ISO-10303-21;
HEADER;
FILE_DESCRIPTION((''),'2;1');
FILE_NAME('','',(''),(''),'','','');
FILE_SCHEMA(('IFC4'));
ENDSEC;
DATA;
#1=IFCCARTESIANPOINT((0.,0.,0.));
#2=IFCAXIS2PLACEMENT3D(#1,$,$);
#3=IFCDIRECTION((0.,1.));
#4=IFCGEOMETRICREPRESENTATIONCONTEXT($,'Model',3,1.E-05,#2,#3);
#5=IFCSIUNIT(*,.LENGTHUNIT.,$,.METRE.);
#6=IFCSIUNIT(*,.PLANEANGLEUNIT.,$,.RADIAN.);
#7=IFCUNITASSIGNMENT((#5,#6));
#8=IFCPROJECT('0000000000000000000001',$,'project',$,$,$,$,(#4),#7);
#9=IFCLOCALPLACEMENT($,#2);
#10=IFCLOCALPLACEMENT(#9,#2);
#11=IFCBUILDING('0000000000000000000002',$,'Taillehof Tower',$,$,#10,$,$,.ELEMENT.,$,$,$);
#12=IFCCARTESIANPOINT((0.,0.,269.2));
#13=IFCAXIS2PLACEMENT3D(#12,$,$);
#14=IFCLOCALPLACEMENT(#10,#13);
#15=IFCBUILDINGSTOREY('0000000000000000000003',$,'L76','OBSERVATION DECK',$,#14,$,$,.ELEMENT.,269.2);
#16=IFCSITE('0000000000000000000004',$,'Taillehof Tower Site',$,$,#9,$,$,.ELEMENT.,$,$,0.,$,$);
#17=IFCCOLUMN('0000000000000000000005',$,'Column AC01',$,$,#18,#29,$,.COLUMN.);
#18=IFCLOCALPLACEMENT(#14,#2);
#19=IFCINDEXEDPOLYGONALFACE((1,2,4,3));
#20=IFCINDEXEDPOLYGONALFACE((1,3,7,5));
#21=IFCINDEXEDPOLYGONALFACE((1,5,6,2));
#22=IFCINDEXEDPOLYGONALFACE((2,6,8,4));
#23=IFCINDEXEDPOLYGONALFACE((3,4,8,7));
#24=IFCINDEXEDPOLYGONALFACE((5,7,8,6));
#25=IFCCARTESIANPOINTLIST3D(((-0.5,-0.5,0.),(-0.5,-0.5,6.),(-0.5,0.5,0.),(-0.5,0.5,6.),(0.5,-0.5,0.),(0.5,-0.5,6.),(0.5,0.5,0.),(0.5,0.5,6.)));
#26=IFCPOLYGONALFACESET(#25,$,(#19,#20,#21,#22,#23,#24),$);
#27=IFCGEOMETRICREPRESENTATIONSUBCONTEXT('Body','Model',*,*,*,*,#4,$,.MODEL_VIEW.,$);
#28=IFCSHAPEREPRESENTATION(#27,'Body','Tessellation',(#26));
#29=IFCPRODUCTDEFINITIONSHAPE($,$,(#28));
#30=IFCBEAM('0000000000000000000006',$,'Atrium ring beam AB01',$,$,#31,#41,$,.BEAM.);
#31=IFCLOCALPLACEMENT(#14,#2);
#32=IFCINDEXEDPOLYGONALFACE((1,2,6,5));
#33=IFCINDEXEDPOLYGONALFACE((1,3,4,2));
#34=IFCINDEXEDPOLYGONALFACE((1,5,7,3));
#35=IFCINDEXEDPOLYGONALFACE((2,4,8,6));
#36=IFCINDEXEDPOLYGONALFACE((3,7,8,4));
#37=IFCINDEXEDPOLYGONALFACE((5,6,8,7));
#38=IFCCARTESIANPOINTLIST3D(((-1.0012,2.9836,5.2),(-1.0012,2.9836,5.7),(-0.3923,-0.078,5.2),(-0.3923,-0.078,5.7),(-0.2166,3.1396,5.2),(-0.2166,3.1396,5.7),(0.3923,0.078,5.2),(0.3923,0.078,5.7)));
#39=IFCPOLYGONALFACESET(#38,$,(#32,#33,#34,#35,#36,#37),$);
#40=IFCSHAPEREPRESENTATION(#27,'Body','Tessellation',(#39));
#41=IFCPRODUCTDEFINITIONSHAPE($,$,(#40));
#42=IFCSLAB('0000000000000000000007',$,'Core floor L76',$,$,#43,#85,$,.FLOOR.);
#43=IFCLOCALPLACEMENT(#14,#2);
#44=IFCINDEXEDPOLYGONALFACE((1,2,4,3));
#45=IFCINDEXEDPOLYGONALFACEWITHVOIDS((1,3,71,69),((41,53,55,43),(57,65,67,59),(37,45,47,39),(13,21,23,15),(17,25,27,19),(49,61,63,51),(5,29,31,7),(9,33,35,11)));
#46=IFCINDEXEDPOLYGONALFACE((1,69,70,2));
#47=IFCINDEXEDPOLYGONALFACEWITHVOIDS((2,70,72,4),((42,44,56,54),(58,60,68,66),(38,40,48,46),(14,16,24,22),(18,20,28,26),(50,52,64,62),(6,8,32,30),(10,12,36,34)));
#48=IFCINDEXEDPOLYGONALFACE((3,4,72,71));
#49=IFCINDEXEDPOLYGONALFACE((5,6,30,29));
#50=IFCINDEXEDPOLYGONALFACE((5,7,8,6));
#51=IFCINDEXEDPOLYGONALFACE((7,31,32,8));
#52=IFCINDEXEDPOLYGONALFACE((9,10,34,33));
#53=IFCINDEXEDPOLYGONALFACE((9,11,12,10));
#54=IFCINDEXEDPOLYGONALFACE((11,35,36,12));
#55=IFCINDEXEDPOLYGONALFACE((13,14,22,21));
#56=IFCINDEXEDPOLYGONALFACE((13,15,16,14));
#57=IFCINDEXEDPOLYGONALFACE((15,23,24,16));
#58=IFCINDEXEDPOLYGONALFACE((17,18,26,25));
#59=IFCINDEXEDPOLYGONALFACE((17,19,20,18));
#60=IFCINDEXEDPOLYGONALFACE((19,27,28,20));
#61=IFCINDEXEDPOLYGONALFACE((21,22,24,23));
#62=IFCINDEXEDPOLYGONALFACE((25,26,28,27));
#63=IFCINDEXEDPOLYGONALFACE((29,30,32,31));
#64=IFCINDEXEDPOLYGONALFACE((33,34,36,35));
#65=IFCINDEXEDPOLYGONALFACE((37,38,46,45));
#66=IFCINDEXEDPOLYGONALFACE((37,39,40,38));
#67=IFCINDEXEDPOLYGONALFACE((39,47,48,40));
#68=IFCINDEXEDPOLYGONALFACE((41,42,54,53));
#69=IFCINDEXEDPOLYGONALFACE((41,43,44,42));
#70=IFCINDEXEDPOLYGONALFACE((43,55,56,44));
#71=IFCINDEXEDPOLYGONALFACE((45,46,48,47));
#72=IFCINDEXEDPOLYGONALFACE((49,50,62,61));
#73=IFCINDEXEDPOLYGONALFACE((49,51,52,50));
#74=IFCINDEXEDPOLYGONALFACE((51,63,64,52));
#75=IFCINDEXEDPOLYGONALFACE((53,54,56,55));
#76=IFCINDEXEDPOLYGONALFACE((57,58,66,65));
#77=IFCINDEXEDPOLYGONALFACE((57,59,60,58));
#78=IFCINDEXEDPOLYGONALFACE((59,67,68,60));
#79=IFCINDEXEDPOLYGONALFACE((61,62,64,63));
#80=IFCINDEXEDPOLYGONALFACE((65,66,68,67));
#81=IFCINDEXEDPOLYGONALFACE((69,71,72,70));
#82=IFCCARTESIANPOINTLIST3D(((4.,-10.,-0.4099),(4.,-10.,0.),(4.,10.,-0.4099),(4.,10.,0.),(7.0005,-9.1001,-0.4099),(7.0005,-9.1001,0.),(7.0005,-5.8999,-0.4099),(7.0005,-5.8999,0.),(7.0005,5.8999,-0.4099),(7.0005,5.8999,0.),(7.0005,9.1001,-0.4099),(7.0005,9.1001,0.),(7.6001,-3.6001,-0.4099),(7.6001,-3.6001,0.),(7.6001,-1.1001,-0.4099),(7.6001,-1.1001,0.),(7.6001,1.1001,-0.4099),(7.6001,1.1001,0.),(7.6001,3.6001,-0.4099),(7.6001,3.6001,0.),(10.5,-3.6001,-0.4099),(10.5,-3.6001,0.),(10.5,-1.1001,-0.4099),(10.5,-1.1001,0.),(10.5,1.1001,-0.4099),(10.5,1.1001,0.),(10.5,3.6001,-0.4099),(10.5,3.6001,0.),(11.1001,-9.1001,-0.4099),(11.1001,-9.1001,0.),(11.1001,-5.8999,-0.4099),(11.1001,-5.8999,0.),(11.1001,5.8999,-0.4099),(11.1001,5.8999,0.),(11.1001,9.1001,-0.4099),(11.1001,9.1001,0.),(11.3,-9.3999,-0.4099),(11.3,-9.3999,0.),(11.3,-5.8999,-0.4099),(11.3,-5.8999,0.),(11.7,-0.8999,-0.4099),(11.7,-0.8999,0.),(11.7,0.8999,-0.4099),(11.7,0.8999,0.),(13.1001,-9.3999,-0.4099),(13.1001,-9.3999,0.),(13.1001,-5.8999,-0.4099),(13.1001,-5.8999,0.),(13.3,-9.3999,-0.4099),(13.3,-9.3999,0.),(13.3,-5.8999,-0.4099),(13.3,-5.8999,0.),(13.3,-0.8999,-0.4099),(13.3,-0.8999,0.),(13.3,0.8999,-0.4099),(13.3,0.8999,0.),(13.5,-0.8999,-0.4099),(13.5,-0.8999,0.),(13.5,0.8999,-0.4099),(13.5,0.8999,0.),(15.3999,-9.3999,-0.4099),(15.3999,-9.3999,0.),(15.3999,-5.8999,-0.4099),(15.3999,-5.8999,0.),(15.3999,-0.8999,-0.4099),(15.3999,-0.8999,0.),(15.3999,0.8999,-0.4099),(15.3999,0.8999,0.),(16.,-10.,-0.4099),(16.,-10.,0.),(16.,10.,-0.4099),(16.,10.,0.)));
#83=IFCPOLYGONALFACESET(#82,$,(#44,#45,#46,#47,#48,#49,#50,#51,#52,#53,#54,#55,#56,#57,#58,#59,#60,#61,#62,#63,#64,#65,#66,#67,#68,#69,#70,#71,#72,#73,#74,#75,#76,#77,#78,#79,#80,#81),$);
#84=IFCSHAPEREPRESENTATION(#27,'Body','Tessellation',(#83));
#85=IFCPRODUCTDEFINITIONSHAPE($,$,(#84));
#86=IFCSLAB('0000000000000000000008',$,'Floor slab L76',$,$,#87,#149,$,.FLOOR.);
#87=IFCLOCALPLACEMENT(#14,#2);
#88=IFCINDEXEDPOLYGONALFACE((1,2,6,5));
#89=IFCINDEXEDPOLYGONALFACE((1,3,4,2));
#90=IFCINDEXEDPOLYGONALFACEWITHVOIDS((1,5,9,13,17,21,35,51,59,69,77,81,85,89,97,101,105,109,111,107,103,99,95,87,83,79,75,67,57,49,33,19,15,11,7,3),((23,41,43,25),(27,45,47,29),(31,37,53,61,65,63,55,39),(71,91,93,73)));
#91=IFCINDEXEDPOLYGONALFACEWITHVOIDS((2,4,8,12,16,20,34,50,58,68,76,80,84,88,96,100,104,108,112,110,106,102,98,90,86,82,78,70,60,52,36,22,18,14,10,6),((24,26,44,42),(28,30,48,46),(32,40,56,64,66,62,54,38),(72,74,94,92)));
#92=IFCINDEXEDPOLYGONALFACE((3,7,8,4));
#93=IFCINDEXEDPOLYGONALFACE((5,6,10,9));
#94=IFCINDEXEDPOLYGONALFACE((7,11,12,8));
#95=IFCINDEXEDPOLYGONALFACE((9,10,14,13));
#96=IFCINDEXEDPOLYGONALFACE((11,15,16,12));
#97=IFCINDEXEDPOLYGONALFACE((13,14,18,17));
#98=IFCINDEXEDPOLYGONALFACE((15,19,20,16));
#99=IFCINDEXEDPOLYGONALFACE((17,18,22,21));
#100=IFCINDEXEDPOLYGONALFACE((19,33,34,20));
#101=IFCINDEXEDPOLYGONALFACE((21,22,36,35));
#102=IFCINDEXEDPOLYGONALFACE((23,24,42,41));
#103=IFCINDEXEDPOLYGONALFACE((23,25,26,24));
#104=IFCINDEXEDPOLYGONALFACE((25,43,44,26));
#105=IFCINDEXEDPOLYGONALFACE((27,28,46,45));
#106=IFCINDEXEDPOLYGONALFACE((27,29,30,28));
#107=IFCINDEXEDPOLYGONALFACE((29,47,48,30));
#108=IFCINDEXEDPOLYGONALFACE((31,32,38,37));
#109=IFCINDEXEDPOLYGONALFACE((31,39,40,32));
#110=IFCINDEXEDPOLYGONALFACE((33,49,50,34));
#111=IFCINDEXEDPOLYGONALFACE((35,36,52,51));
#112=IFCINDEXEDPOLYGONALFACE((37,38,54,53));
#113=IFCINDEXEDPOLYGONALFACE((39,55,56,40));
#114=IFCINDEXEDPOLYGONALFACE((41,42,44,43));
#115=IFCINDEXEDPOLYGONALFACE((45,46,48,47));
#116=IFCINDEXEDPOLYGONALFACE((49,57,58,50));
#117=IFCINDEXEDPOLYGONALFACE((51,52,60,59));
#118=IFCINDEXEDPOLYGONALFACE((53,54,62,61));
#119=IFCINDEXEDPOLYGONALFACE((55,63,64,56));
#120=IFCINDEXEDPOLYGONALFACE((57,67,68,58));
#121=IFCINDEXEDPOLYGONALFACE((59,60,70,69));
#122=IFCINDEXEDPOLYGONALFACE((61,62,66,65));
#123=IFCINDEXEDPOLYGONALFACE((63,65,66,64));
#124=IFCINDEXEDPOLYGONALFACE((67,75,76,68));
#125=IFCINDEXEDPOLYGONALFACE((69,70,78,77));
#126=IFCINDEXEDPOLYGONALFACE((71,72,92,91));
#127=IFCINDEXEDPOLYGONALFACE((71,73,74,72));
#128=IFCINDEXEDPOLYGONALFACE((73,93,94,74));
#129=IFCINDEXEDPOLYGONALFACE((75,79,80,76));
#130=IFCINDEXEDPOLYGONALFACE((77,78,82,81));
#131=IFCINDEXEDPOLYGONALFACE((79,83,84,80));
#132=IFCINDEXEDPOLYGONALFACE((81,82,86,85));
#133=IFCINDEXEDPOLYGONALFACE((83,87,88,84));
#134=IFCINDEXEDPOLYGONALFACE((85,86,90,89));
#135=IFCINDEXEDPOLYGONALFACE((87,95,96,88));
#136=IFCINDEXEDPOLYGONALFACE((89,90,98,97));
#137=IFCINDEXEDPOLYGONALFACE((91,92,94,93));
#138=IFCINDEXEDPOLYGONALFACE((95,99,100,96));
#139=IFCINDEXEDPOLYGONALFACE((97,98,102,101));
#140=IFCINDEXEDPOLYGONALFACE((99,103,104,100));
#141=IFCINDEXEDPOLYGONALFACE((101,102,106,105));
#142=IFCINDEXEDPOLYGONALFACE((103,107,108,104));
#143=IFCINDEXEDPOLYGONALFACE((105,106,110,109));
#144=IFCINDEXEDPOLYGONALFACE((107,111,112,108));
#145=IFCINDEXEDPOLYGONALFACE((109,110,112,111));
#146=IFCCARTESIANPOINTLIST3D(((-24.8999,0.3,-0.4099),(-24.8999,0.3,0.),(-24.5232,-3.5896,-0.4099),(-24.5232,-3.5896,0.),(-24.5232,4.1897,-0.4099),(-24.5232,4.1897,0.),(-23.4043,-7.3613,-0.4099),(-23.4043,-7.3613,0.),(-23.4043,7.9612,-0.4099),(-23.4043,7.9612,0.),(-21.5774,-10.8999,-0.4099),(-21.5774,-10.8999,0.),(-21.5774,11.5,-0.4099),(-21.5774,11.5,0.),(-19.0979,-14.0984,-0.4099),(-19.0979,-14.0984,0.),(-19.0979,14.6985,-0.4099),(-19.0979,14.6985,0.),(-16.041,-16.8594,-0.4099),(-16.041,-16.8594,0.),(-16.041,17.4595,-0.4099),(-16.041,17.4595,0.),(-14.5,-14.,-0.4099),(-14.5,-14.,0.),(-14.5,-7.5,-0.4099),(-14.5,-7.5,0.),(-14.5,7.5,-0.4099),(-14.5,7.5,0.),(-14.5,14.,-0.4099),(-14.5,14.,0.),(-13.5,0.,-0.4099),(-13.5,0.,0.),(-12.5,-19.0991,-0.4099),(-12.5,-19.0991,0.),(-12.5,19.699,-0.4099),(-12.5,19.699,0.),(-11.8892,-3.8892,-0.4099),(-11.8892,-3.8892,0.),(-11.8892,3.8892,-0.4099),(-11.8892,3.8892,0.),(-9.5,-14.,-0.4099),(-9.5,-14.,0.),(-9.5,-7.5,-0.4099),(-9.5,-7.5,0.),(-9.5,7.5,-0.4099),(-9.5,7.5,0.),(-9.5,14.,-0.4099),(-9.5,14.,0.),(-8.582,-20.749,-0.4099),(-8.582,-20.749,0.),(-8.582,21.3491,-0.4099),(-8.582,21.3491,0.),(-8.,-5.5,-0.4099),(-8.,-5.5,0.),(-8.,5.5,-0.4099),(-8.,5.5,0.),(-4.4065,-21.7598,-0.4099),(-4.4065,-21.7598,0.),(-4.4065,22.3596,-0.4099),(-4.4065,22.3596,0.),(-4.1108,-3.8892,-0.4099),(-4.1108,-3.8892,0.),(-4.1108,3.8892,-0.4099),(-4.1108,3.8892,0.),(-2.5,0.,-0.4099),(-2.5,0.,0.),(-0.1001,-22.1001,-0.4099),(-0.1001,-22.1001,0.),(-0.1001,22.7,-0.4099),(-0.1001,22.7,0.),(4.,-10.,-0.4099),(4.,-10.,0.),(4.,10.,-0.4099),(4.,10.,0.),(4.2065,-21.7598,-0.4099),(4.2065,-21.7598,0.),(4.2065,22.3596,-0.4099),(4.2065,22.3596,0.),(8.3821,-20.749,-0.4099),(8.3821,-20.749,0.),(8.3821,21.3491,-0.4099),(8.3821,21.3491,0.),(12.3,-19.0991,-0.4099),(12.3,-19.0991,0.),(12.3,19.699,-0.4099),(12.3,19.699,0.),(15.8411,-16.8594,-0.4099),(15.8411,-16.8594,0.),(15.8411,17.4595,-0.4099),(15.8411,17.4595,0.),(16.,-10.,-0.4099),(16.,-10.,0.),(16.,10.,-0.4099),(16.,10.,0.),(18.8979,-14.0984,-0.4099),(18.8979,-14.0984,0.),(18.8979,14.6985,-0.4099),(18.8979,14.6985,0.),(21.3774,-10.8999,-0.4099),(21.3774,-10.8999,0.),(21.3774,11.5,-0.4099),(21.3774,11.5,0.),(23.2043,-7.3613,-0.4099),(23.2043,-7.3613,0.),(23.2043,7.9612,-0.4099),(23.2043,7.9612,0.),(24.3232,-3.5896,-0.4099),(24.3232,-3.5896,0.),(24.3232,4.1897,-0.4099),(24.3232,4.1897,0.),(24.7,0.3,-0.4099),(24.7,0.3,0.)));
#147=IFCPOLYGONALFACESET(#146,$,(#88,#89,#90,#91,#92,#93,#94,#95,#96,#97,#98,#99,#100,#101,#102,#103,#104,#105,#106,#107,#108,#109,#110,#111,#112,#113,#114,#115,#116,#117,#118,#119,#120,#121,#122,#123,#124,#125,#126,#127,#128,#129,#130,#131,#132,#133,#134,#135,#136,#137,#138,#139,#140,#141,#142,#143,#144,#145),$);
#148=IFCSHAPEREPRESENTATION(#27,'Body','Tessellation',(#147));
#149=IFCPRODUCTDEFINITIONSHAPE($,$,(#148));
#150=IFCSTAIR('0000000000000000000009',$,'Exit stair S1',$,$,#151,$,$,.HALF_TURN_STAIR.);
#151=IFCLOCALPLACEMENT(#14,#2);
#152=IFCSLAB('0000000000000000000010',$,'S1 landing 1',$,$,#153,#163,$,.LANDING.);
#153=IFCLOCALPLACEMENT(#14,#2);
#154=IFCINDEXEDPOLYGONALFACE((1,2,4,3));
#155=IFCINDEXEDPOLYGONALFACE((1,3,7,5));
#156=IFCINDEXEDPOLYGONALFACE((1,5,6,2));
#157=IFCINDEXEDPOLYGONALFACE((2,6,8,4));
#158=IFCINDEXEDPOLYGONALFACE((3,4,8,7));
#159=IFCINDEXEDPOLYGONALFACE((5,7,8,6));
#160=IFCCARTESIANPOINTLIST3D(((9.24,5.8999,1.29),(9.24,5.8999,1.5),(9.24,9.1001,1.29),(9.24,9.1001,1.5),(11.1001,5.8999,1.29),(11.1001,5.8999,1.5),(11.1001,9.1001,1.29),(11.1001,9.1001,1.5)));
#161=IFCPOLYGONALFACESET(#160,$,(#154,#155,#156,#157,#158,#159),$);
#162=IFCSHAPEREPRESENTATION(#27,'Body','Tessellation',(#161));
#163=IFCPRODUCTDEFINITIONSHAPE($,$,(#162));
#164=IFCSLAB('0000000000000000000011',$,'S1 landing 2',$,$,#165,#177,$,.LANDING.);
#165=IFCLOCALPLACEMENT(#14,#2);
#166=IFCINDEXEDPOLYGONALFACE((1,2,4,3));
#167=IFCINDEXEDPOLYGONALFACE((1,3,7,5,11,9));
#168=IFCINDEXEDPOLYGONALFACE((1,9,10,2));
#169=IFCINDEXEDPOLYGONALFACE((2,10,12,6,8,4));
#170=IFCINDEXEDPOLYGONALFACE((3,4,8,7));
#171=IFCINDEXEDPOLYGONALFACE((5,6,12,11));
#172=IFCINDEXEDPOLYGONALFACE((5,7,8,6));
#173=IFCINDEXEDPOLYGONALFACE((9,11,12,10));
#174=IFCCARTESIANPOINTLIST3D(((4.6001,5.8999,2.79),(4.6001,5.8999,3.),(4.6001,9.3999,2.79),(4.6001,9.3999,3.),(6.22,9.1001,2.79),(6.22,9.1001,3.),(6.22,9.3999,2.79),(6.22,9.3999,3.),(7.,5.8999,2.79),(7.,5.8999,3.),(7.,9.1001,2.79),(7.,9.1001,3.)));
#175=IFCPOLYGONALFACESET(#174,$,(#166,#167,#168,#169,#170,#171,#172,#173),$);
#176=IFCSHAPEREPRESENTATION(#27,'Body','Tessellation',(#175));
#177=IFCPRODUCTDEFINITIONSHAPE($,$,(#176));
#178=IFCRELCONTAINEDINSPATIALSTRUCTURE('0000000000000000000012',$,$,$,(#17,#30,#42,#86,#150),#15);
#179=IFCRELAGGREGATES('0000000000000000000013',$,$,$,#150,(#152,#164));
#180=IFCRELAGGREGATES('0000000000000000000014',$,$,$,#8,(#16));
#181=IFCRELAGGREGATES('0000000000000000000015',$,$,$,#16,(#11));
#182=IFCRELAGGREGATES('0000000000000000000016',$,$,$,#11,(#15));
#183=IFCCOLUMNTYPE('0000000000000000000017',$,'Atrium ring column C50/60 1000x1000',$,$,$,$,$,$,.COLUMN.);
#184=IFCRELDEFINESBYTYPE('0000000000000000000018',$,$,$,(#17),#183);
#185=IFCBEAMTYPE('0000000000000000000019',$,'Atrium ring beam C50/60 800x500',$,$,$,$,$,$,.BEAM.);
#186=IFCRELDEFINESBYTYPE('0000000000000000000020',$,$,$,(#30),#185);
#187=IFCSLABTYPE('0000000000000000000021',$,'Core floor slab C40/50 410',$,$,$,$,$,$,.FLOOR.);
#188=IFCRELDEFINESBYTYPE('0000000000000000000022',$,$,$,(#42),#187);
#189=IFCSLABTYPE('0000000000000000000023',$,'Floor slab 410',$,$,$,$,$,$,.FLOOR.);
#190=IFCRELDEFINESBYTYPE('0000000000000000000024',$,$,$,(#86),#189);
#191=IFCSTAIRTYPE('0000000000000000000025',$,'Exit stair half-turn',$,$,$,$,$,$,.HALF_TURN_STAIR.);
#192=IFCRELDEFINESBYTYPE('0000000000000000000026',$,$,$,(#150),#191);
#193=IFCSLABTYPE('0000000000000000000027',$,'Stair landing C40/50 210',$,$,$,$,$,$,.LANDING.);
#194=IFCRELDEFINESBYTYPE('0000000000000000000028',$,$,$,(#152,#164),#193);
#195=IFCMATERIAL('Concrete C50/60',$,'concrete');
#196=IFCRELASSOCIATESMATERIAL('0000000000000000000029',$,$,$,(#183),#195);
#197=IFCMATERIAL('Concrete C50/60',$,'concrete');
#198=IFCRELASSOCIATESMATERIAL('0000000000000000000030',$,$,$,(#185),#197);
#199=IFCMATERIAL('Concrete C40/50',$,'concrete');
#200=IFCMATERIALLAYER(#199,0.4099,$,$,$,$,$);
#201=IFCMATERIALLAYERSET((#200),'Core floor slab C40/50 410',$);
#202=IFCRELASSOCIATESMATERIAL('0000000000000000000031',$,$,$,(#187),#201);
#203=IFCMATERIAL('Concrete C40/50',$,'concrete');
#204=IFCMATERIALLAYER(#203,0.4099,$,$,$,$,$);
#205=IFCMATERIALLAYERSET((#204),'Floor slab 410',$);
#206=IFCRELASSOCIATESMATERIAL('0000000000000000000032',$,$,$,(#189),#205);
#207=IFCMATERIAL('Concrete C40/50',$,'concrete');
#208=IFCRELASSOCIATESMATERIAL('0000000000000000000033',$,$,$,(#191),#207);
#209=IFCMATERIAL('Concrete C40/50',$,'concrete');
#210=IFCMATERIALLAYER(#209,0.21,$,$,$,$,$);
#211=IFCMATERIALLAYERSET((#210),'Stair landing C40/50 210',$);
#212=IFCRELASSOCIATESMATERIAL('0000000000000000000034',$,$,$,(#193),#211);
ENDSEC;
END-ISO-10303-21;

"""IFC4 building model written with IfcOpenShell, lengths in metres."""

from ifc_helpers import new_model, si_unit, direction, frame, origin, origin_with_axes, origin_2d, place, context, subcontext, project, spatial, polyline, rectangle, outline, extrude, material, layer, layer_set, material_profile, profile_set, type_object, element, aggregate, save


model = new_model("IFC4")

# Units and contexts
model_context = context("Model", 3, precision=1e-05, world=origin(), true_north=direction((0.0, 1.0)))
body_context = subcontext(model_context, "Body", "Model", "MODEL_VIEW")
ifc_project = project(units=[si_unit("LENGTHUNIT", "METRE"), si_unit("PLANEANGLEUNIT", "RADIAN")], contexts=[model_context])

# Site, building, storey
site_placement = place(None, origin())
site = spatial("IfcSite", under=ifc_project, at=site_placement, Name="Taillehof Tower Site", CompositionType="ELEMENT", RefElevation=0.0)
building_placement = place(site_placement, origin())
building = spatial("IfcBuilding", under=site, at=building_placement, Name="Taillehof Tower", CompositionType="ELEMENT")
storey_placement = place(building_placement, frame((0.0, 0.0, 269.2)))
storey = spatial("IfcBuildingStorey", under=building, at=storey_placement, Name="L76", Description="OBSERVATION DECK", CompositionType="ELEMENT", Elevation=269.2)

# Column
ifc_material_1 = material(Name="Concrete C50/60", Category="concrete")
ifc_material_profile_1 = material_profile(ifc_material_1, rectangle(XDim=1.0, YDim=1.0, at=origin_2d()), Name="RC 1000x1000")
ifc_profile_set_1 = profile_set([ifc_material_profile_1], Name="Concrete C50/60")
column_type = type_object("IfcColumnType", Name="Atrium ring column C50/60 1000x1000", PredefinedType="COLUMN", material=ifc_profile_set_1)
column_placement = place(storey_placement, origin_with_axes())
element("IfcColumn", 1, at=column_placement, inside=storey, type_object=column_type, Name="Column AC01", PredefinedType="COLUMN", context=body_context, shape_type="SweptSolid", body=[
    extrude(rectangle(XDim=1.0, YDim=1.0, at=origin_2d()), origin(), (0.0, 0.0, 1.0), 6.0),
])

# Beam
ifc_material_2 = material(Name="Concrete C50/60", Category="concrete")
ifc_material_profile_2 = material_profile(ifc_material_2, rectangle(XDim=0.8, YDim=0.5, at=origin_2d()), Name="RC 800x500")
ifc_profile_set_2 = profile_set([ifc_material_profile_2], Name="Concrete C50/60")
beam_type = type_object("IfcBeamType", Name="Atrium ring beam C50/60 800x500", PredefinedType="BEAM", material=ifc_profile_set_2)
beam_placement = place(storey_placement, frame((0.0, 0.0, 5.45), z_axis=(-0.195063, 0.980791, 0.0), x_axis=(-0.980791, -0.195063, 0.0)))
element("IfcBeam", 2, at=beam_placement, inside=storey, type_object=beam_type, Name="Atrium ring beam AB01", PredefinedType="BEAM", context=body_context, shape_type="SweptSolid", body=[
    extrude(rectangle(XDim=0.8, YDim=0.5, at=origin_2d()), origin(), (0.0, 0.0, 1.0), 3.1216),
])

# Slabs
ifc_material_3 = material(Name="Concrete C40/50", Category="concrete")
ifc_layer_1 = layer(ifc_material_3, 0.4099)
ifc_layer_set_1 = layer_set([ifc_layer_1], Name="Core floor slab C40/50 410")
slab_type_1 = type_object("IfcSlabType", Name="Core floor slab C40/50 410", PredefinedType="FLOOR", material=ifc_layer_set_1)
slab_1_placement = place(storey_placement, frame((0.0, 0.0, -0.4099)))
element("IfcSlab", 3, at=slab_1_placement, inside=storey, type_object=slab_type_1, Name="Core floor L76", PredefinedType="FLOOR", context=body_context, shape_type="SweptSolid", body=[
    extrude(outline(polyline([(4.0, -10.0), (4.0, 10.0), (16.0, 10.0), (16.0, -10.0), (4.0, -10.0)]), holes=[polyline([(13.1001, -5.8999), (11.3, -5.8999), (11.3, -9.3999), (13.1001, -9.3999), (13.1001, -5.8999)]), polyline([(15.3999, -5.8999), (13.3, -5.8999), (13.3, -9.3999), (15.3999, -9.3999), (15.3999, -5.8999)]), polyline([(11.1001, -9.1001), (11.1001, -5.8999), (7.0005, -5.8999), (7.0005, -9.1001), (11.1001, -9.1001)]), polyline([(10.5, -1.1001), (7.6001, -1.1001), (7.6001, -3.6001), (10.5, -3.6001), (10.5, -1.1001)]), polyline([(13.3, 0.8999), (11.7, 0.8999), (11.7, -0.8999), (13.3, -0.8999), (13.3, 0.8999)]), polyline([(15.3999, 0.8999), (13.5, 0.8999), (13.5, -0.8999), (15.3999, -0.8999), (15.3999, 0.8999)]), polyline([(10.5, 3.6001), (7.6001, 3.6001), (7.6001, 1.1001), (10.5, 1.1001), (10.5, 3.6001)]), polyline([(11.1001, 9.1001), (7.0005, 9.1001), (7.0005, 5.8999), (11.1001, 5.8999), (11.1001, 9.1001)])]), origin(), (0.0, 0.0, 1.0), 0.4099),
])
ifc_material_4 = material(Name="Concrete C40/50", Category="concrete")
ifc_layer_2 = layer(ifc_material_4, 0.4099)
ifc_layer_set_2 = layer_set([ifc_layer_2], Name="Floor slab 410")
slab_type_2 = type_object("IfcSlabType", Name="Floor slab 410", PredefinedType="FLOOR", material=ifc_layer_set_2)
slab_2_placement = place(storey_placement, frame((0.0, 0.0, -0.4099)))
element("IfcSlab", 4, at=slab_2_placement, inside=storey, type_object=slab_type_2, Name="Floor slab L76", PredefinedType="FLOOR", context=body_context, shape_type="SweptSolid", body=[
    extrude(outline(polyline([(24.7, 0.3), (24.3232, 4.1897), (23.2043, 7.9612), (21.3774, 11.5), (18.8979, 14.6985), (15.8411, 17.4595), (12.3, 19.699), (8.3821, 21.3491), (4.2065, 22.3596), (-0.1001, 22.7), (-4.4065, 22.3596), (-8.582, 21.3491), (-12.5, 19.699), (-16.041, 17.4595), (-19.0979, 14.6985), (-21.5774, 11.5), (-23.4043, 7.9612), (-24.5232, 4.1897), (-24.8999, 0.3), (-24.5232, -3.5896), (-23.4043, -7.3613), (-21.5774, -10.8999), (-19.0979, -14.0984), (-16.041, -16.8594), (-12.5, -19.0991), (-8.582, -20.749), (-4.4065, -21.7598), (-0.1001, -22.1001), (4.2065, -21.7598), (8.3821, -20.749), (12.3, -19.0991), (15.8411, -16.8594), (18.8979, -14.0984), (21.3774, -10.8999), (23.2043, -7.3613), (24.3232, -3.5896), (24.7, 0.3)]), holes=[polyline([(-14.5, -7.5), (-9.5, -7.5), (-9.5, -14.0), (-14.5, -14.0), (-14.5, -7.5)]), polyline([(-8.0, -5.5), (-11.8892, -3.8892), (-13.5, 0.0), (-11.8892, 3.8892), (-8.0, 5.5), (-4.1108, 3.8892), (-2.5, 0.0), (-4.1108, -3.8892), (-8.0, -5.5)]), polyline([(16.0, 10.0), (16.0, -10.0), (4.0, -10.0), (4.0, 10.0), (16.0, 10.0)]), polyline([(-14.5, 14.0), (-9.5, 14.0), (-9.5, 7.5), (-14.5, 7.5), (-14.5, 14.0)])]), origin(), (0.0, 0.0, 1.0), 0.4099),
])

# Stair, slabs
ifc_material_5 = material(Name="Concrete C40/50", Category="concrete")
stair_type = type_object("IfcStairType", Name="Exit stair half-turn", PredefinedType="HALF_TURN_STAIR", material=ifc_material_5)
stair_1_placement = place(storey_placement, origin())
stair_1 = element("IfcStair", 5, at=stair_1_placement, inside=storey, type_object=stair_type, Name="Exit stair S1", PredefinedType="HALF_TURN_STAIR")
ifc_material_6 = material(Name="Concrete C40/50", Category="concrete")
ifc_layer_3 = layer(ifc_material_6, 0.21)
ifc_layer_set_3 = layer_set([ifc_layer_3], Name="Stair landing C40/50 210")
slab_type_3 = type_object("IfcSlabType", Name="Stair landing C40/50 210", PredefinedType="LANDING", material=ifc_layer_set_3)
slab_3_placement = place(storey_placement, frame((0.0, 0.0, 1.29)))
slab_3 = element("IfcSlab", 6, at=slab_3_placement, type_object=slab_type_3, Name="S1 landing 1", PredefinedType="LANDING", context=body_context, shape_type="SweptSolid", body=[
    extrude(outline(polyline([(9.24, 5.8999), (11.1001, 5.8999), (11.1001, 9.1001), (9.24, 9.1001), (9.24, 5.8999)])), origin(), (0.0, 0.0, 1.0), 0.21),
])
slab_4_placement = place(storey_placement, frame((0.0, 0.0, 2.79)))
slab_4 = element("IfcSlab", 7, at=slab_4_placement, type_object=slab_type_3, Name="S1 landing 2", PredefinedType="LANDING", context=body_context, shape_type="SweptSolid", body=[
    extrude(outline(polyline([(4.6001, 5.8999), (7.0, 5.8999), (7.0, 9.1001), (6.22, 9.1001), (6.22, 9.3999), (4.6001, 9.3999), (4.6001, 5.8999)])), origin(), (0.0, 0.0, 1.0), 0.21),
])
aggregate(stair_1, [slab_3, slab_4])

save(model, "model.ifc")
